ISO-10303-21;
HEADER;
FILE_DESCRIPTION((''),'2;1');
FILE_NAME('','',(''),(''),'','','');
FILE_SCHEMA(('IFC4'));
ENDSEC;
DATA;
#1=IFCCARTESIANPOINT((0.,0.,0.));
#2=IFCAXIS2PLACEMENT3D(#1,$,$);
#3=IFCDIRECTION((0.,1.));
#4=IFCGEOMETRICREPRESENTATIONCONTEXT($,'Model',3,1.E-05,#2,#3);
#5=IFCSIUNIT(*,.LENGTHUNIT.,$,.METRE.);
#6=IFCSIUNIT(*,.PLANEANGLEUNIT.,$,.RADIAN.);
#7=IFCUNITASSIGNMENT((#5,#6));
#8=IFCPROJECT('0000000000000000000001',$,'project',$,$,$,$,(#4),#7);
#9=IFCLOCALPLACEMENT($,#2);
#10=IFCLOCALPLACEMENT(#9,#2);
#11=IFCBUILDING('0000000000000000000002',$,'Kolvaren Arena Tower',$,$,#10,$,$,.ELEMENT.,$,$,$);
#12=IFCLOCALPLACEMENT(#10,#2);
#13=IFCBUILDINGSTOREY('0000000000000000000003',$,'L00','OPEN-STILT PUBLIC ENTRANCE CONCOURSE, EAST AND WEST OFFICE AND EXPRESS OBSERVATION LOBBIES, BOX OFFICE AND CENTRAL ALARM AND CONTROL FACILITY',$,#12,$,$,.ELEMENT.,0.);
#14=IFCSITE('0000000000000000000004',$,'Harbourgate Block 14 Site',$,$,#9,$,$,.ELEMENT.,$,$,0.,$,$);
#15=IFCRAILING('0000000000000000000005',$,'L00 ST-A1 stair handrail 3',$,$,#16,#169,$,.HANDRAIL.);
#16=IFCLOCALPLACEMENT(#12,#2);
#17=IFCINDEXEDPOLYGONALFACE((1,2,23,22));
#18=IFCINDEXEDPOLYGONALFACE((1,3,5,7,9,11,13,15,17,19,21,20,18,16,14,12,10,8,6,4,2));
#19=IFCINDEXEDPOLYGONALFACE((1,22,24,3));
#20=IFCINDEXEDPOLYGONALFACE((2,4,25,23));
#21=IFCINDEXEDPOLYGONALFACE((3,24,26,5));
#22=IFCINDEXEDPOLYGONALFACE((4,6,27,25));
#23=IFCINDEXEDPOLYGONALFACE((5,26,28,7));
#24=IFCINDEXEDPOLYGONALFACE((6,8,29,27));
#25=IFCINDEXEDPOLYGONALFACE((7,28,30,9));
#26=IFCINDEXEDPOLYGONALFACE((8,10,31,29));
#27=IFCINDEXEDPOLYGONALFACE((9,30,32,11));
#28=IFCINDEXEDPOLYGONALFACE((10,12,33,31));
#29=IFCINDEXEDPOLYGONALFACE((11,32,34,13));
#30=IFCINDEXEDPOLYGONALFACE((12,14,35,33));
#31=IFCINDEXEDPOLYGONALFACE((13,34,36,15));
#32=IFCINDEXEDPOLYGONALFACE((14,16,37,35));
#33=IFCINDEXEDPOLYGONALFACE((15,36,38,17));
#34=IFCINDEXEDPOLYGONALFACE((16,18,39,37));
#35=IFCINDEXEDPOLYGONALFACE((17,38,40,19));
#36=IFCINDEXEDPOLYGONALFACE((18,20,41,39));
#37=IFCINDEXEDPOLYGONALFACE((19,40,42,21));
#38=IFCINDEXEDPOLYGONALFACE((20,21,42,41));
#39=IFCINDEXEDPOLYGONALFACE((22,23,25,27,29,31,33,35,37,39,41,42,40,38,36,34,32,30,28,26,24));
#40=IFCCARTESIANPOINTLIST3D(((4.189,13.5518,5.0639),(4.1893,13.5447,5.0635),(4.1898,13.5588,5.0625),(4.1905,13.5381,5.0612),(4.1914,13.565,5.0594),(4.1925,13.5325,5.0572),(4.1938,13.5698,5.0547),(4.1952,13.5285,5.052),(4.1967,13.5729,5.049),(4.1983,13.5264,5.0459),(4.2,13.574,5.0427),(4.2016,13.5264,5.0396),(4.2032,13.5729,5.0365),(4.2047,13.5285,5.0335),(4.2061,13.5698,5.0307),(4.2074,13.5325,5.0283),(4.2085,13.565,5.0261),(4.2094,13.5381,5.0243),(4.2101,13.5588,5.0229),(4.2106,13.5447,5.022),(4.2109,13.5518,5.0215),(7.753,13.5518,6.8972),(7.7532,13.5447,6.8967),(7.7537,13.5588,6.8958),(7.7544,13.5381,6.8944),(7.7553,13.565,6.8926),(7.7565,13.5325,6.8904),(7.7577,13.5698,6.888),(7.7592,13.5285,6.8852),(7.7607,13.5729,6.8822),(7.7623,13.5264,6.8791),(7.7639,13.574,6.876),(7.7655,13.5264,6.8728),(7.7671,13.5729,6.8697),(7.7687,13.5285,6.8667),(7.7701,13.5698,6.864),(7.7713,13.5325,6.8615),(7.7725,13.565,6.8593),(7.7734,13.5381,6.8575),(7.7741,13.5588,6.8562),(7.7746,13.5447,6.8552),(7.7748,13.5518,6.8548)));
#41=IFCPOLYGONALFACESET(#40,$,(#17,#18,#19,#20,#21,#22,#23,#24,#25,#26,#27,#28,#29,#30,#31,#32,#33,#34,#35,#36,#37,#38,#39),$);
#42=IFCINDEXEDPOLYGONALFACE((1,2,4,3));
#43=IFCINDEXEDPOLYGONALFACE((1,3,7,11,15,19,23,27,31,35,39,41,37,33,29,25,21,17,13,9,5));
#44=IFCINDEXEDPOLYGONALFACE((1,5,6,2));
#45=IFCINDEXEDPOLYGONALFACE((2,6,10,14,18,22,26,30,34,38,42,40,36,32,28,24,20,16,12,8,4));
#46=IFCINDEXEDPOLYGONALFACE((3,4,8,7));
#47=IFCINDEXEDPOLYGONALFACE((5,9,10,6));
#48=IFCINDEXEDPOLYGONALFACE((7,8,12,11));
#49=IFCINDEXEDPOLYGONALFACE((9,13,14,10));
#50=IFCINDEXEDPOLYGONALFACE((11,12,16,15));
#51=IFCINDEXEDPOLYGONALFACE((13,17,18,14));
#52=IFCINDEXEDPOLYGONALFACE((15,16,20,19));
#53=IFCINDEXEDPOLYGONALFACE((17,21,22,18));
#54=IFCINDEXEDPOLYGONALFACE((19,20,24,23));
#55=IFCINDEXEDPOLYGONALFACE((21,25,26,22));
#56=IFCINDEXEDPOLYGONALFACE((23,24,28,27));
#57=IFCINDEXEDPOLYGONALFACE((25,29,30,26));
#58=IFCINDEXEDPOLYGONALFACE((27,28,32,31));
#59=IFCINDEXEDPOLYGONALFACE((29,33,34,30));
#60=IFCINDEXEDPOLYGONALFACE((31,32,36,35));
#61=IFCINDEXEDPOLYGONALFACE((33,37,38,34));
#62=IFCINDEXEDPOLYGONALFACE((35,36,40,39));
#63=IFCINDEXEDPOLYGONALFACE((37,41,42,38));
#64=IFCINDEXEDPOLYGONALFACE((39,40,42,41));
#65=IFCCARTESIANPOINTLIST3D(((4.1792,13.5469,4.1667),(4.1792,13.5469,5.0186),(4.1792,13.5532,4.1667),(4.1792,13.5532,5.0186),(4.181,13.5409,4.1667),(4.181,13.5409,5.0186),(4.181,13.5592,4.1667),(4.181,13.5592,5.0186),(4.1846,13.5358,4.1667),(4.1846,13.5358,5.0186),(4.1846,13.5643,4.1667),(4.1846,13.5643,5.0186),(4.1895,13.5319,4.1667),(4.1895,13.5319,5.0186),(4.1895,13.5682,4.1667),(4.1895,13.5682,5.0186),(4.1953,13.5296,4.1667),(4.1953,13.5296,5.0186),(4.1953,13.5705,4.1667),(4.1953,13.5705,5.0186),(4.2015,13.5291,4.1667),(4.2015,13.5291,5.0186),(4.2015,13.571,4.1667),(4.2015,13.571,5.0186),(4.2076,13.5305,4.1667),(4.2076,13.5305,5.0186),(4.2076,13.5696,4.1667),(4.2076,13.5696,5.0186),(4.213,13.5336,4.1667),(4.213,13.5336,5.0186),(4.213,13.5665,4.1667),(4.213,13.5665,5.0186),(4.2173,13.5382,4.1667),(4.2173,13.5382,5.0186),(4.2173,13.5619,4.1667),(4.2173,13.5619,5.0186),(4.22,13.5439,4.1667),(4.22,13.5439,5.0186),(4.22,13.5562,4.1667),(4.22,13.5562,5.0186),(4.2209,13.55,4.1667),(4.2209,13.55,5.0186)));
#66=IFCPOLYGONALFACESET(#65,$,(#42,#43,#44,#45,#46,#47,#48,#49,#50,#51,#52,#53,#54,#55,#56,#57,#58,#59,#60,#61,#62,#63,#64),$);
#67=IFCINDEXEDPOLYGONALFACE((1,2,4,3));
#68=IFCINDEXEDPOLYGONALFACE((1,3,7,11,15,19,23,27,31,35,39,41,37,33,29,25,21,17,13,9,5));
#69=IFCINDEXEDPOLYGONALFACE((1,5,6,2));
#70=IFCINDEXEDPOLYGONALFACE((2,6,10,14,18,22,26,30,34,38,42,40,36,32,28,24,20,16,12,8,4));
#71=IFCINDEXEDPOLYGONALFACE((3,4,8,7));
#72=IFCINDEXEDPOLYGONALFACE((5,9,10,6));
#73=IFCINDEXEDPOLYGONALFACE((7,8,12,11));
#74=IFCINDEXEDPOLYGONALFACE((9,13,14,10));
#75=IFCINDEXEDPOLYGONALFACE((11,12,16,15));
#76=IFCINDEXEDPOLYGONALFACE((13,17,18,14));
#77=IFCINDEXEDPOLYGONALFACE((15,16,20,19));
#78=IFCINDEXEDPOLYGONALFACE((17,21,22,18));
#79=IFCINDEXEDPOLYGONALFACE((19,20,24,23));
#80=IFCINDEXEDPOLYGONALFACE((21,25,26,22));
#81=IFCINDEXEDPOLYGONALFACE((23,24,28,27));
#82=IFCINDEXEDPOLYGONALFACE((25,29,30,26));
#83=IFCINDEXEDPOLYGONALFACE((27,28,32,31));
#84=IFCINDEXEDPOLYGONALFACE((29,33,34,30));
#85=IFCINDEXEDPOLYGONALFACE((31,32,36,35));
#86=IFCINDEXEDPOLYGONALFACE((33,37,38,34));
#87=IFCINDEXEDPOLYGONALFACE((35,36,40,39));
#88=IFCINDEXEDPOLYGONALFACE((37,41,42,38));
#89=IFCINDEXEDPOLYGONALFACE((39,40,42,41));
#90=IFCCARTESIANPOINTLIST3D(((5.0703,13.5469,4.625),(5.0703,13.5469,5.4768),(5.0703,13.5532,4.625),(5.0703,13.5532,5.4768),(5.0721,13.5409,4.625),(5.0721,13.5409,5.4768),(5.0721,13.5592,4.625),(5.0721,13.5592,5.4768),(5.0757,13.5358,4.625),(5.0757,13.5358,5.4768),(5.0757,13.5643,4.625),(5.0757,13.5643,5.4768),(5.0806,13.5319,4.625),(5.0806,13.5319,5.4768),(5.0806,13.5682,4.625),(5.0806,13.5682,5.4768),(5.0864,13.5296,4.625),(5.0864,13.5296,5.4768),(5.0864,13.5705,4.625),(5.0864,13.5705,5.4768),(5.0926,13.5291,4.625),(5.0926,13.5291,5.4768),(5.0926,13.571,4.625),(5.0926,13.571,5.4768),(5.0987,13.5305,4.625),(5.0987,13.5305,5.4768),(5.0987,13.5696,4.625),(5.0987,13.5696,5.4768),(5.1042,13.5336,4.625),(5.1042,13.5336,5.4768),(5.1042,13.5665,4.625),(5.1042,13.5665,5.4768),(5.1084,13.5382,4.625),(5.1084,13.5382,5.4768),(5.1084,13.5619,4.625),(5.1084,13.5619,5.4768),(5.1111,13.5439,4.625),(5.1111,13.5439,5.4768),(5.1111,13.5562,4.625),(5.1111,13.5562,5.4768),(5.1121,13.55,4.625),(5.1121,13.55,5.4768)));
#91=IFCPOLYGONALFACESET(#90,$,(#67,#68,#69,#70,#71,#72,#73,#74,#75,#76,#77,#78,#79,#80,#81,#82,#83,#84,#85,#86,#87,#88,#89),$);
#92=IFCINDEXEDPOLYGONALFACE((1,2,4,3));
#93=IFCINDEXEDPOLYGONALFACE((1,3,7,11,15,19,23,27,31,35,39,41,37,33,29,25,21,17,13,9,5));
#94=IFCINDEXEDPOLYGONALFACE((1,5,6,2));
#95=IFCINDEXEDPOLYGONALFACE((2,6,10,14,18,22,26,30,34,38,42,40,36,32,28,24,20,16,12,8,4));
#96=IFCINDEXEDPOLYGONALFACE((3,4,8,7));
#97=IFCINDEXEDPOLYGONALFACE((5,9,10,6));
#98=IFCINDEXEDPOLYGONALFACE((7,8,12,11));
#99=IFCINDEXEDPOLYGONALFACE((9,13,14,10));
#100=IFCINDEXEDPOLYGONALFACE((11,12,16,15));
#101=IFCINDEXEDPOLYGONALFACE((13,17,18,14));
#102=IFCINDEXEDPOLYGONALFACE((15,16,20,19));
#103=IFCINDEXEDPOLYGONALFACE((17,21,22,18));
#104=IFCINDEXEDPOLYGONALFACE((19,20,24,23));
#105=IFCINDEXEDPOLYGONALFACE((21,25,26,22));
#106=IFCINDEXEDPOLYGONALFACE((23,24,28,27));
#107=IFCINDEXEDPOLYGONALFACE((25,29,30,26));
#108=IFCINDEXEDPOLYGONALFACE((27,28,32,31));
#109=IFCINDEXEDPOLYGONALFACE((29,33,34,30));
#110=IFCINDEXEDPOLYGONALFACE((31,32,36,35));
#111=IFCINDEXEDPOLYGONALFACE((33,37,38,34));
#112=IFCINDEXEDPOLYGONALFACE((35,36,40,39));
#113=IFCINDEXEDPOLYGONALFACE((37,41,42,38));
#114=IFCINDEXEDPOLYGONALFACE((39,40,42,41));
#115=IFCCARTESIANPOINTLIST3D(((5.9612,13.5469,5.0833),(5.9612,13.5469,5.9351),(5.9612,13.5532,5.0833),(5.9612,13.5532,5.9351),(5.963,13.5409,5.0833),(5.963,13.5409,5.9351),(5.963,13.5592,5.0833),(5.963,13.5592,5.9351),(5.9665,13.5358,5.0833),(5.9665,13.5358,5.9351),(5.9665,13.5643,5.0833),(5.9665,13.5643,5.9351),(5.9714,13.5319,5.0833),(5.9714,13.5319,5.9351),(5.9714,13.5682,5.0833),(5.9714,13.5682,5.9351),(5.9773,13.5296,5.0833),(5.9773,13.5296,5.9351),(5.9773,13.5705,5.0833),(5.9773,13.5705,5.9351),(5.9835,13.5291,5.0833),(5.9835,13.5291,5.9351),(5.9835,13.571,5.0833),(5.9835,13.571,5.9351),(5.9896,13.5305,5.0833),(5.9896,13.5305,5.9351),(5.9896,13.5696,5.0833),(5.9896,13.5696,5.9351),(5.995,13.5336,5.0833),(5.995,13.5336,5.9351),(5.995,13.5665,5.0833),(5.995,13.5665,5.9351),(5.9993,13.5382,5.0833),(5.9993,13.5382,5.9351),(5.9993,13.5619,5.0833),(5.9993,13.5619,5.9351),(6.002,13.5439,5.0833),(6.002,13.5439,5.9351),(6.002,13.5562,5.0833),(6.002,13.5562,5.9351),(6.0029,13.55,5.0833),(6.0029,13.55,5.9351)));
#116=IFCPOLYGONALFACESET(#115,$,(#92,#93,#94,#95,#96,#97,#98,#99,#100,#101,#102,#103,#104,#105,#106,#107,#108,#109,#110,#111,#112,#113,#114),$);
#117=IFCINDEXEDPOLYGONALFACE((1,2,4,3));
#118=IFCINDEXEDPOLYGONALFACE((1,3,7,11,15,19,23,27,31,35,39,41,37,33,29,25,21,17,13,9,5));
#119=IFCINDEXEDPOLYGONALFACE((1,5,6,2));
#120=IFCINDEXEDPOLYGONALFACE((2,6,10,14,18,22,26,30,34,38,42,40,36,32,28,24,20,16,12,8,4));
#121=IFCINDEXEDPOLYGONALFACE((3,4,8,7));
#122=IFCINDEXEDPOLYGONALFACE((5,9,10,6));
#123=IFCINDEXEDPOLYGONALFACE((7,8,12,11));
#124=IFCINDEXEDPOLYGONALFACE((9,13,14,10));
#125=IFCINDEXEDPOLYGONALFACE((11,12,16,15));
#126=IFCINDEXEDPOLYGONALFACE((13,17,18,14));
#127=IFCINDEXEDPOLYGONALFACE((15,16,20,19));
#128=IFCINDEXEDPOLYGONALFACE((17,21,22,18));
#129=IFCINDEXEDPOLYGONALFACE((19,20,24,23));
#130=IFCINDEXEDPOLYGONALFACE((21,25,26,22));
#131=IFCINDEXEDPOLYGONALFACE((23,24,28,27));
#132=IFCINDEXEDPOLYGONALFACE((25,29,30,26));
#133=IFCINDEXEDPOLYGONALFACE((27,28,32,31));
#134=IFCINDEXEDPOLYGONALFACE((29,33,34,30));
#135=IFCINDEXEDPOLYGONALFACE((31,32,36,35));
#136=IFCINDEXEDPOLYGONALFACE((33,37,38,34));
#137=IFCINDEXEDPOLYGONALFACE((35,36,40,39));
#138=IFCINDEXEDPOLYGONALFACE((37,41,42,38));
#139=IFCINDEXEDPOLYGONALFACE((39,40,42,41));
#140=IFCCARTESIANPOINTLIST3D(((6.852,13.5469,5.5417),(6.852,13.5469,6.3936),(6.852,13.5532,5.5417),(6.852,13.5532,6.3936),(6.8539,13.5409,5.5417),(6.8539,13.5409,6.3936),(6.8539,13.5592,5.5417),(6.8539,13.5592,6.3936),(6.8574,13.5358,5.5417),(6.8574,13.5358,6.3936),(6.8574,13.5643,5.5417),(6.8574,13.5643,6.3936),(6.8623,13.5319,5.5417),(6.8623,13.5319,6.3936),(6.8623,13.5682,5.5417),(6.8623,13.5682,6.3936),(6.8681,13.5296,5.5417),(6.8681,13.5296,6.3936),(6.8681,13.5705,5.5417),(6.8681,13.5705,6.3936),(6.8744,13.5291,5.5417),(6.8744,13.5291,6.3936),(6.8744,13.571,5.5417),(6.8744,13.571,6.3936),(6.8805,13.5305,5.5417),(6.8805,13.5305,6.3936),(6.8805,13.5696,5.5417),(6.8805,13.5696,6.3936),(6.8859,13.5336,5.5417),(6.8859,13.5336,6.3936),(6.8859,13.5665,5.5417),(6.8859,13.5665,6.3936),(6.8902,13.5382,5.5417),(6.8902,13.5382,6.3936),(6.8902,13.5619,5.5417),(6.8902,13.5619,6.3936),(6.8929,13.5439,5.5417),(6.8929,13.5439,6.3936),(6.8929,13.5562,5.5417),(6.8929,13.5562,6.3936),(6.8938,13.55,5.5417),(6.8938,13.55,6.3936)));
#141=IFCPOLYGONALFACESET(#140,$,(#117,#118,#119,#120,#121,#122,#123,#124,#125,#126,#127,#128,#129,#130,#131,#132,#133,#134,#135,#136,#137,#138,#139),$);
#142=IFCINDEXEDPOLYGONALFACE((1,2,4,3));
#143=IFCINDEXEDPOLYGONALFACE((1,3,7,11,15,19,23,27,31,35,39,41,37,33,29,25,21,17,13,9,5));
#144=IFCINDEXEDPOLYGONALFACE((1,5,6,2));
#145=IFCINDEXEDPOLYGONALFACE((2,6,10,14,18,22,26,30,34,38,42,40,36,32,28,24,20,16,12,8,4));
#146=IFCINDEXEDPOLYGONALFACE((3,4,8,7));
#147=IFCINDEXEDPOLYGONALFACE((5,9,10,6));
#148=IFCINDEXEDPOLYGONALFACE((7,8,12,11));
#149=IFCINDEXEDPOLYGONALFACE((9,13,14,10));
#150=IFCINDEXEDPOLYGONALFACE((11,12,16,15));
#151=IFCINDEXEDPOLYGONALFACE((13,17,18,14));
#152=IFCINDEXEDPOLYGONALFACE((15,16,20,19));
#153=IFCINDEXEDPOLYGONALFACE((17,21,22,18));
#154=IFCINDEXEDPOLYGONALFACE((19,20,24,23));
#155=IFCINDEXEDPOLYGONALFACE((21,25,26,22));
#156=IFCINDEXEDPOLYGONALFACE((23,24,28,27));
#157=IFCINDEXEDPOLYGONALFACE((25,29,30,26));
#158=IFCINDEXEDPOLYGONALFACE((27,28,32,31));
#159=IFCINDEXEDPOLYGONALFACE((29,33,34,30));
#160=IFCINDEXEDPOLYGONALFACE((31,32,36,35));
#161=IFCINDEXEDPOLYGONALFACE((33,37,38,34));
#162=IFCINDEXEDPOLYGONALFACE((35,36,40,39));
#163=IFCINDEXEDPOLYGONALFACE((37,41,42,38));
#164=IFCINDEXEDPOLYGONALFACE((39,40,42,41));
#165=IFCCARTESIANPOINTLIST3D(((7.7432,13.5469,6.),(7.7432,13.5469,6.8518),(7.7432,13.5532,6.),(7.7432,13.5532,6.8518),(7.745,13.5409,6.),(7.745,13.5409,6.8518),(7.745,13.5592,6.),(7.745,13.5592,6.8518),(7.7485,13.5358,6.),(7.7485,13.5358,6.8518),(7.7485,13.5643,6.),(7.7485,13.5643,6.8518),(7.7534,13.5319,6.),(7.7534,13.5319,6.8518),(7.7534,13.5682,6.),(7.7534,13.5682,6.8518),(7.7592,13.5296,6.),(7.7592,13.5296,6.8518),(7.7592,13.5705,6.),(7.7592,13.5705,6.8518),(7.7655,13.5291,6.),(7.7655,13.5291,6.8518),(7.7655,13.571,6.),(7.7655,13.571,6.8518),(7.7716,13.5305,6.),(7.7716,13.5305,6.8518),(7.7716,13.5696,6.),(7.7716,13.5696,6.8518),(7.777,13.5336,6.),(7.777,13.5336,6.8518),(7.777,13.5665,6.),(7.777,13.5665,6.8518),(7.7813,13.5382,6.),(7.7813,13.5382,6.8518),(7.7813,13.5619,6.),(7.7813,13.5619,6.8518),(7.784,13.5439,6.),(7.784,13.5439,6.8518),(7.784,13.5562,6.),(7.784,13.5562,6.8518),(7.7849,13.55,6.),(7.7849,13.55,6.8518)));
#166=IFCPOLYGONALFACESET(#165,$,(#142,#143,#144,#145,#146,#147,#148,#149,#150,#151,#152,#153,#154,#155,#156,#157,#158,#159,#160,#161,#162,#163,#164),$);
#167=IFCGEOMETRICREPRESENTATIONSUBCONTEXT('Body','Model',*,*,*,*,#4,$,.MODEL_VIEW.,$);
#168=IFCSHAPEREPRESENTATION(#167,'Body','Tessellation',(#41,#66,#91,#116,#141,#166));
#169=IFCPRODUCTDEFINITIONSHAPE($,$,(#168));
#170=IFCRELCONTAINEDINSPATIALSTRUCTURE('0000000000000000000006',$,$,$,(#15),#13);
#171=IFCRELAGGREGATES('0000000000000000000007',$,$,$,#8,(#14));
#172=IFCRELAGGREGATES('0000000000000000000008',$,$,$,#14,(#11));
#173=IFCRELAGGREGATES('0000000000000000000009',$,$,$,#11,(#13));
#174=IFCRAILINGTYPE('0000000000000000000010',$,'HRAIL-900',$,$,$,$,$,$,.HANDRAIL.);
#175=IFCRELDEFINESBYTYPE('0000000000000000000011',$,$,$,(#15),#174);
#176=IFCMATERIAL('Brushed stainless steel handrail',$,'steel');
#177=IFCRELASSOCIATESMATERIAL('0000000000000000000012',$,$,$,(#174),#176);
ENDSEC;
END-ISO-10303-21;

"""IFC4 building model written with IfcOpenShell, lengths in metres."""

from ifc_helpers import new_model, si_unit, direction, frame, origin, origin_2d, place, context, subcontext, project, spatial, circle, extrude, material, type_object, element, save


model = new_model("IFC4")

# Units and contexts
model_context = context("Model", 3, precision=1e-05, world=origin(), true_north=direction((0.0, 1.0)))
body_context = subcontext(model_context, "Body", "Model", "MODEL_VIEW")
ifc_project = project(units=[si_unit("LENGTHUNIT", "METRE"), si_unit("PLANEANGLEUNIT", "RADIAN")], contexts=[model_context])

# Site, building, storey
site_placement = place(None, origin())
site = spatial("IfcSite", under=ifc_project, at=site_placement, Name="Harbourgate Block 14 Site", CompositionType="ELEMENT", RefElevation=0.0)
building_placement = place(site_placement, origin())
building = spatial("IfcBuilding", under=site, at=building_placement, Name="Kolvaren Arena Tower", CompositionType="ELEMENT")
storey_placement = place(building_placement, origin())
storey = spatial("IfcBuildingStorey", under=building, at=storey_placement, Name="L00", Description="OPEN-STILT PUBLIC ENTRANCE CONCOURSE, EAST AND WEST OFFICE AND EXPRESS OBSERVATION LOBBIES, BOX OFFICE AND CENTRAL ALARM AND CONTROL FACILITY", CompositionType="ELEMENT", Elevation=0.0)

# Railing
ifc_material_1 = material(Name="Brushed stainless steel handrail", Category="steel")
railing_type_1 = type_object("IfcRailingType", Name="HRAIL-900", PredefinedType="HANDRAIL", material=ifc_material_1)
railing_1_placement = place(storey_placement, frame((4.2, 13.55, 4.1667)))
element("IfcRailing", 1, at=railing_1_placement, inside=storey, type_object=railing_type_1, Name="L00 ST-A1 stair handrail 3", PredefinedType="HANDRAIL", context=body_context, shape_type="SweptSolid", body=[
    extrude(circle(Radius=0.0239, at=origin_2d()), frame((0.0, 0.0, 0.876), z_axis=(0.889252, 0.0, 0.457418), x_axis=(0.0, 1.0, 0.0)), (0.0, 0.0, 1.0), 4.0078),
    extrude(circle(Radius=0.021, at=origin_2d()), origin(), (0.0, 0.0, 1.0), 0.8518),
    extrude(circle(Radius=0.021, at=origin_2d()), frame((0.8911, 0.0, 0.4583)), (0.0, 0.0, 1.0), 0.8518),
    extrude(circle(Radius=0.021, at=origin_2d()), frame((1.782, 0.0, 0.9165)), (0.0, 0.0, 1.0), 0.8518),
    extrude(circle(Radius=0.021, at=origin_2d()), frame((2.6729, 0.0, 1.375)), (0.0, 0.0, 1.0), 0.8518),
    extrude(circle(Radius=0.021, at=origin_2d()), frame((3.564, 0.0, 1.8333)), (0.0, 0.0, 1.0), 0.8518),
])

save(model, "model.ifc")
